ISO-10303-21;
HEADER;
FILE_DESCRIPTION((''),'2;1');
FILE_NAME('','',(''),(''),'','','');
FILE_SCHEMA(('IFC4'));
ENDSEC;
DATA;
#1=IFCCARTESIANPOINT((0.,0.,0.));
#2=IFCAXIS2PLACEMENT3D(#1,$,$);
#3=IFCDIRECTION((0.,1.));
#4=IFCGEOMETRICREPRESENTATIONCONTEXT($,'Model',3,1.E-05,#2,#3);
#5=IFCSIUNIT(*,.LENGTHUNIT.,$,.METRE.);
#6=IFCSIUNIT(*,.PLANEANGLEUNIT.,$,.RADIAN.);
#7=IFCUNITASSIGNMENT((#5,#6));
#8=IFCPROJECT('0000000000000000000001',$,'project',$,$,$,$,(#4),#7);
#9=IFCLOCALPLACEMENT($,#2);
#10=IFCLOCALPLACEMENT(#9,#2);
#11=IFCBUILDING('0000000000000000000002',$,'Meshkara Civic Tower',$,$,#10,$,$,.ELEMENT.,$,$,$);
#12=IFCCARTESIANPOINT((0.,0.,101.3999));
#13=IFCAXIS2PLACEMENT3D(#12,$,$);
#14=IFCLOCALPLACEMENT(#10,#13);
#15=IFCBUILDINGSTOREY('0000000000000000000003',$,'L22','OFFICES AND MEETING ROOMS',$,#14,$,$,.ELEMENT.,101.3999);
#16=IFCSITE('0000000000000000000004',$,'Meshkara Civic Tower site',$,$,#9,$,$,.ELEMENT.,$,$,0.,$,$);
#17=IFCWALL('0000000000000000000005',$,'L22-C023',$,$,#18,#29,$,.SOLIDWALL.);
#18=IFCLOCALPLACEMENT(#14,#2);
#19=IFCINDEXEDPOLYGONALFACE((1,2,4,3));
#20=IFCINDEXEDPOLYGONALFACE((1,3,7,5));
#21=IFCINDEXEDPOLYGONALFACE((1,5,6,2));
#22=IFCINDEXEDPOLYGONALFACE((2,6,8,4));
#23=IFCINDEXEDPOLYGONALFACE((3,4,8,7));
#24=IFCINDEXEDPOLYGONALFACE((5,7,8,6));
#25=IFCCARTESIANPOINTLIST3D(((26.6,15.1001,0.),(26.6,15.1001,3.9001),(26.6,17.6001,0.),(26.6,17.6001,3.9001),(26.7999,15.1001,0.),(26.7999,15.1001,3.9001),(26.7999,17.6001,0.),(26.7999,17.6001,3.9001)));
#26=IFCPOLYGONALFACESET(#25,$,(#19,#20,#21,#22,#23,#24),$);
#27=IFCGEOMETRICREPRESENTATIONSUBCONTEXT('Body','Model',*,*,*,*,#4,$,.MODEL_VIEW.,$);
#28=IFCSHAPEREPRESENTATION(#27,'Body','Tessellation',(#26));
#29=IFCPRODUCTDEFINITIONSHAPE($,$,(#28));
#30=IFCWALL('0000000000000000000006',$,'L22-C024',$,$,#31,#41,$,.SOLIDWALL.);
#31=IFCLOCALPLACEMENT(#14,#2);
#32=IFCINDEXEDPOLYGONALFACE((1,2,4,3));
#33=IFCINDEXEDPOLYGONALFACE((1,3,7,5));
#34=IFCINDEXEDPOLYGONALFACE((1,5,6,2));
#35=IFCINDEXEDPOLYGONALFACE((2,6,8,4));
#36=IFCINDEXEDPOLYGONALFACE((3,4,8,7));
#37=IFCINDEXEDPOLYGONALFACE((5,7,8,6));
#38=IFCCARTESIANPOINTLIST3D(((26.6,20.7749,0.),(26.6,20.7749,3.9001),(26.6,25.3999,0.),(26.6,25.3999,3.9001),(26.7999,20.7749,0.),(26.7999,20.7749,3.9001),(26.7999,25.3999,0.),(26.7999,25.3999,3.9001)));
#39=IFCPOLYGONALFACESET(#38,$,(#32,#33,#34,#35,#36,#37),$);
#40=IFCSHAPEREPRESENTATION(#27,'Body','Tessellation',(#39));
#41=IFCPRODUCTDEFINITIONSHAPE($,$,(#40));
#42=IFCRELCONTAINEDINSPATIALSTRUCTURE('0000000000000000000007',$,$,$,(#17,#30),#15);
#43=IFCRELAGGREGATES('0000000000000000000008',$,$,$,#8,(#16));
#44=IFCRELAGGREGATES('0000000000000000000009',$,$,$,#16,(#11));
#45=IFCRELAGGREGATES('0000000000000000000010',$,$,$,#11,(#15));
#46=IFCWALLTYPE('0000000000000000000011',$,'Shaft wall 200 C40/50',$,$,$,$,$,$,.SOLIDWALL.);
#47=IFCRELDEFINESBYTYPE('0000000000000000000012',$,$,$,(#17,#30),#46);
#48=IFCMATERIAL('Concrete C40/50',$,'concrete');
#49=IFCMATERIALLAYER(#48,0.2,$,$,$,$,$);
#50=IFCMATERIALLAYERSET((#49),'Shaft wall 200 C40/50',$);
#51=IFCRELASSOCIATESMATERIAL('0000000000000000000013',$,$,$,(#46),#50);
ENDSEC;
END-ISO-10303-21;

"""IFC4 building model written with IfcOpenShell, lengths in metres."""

from ifc_helpers import new_model, si_unit, direction, frame, frame_2d, origin, place, context, subcontext, project, spatial, rectangle, extrude, material, layer, layer_set, type_object, element, save


model = new_model("IFC4")

# Units and contexts
model_context = context("Model", 3, precision=1e-05, world=origin(), true_north=direction((0.0, 1.0)))
body_context = subcontext(model_context, "Body", "Model", "MODEL_VIEW")
ifc_project = project(units=[si_unit("LENGTHUNIT", "METRE"), si_unit("PLANEANGLEUNIT", "RADIAN")], contexts=[model_context])

# Site, building, storey
site_placement = place(None, origin())
site = spatial("IfcSite", under=ifc_project, at=site_placement, Name="Meshkara Civic Tower site", CompositionType="ELEMENT", RefElevation=0.0)
building_placement = place(site_placement, origin())
building = spatial("IfcBuilding", under=site, at=building_placement, Name="Meshkara Civic Tower", CompositionType="ELEMENT")
storey_placement = place(building_placement, frame((0.0, 0.0, 101.3999)))
storey = spatial("IfcBuildingStorey", under=building, at=storey_placement, Name="L22", Description="OFFICES AND MEETING ROOMS", CompositionType="ELEMENT", Elevation=101.3999)

# Shared definitions
ifc_material_1 = material(Name="Concrete C40/50", Category="concrete")
ifc_layer_1 = layer(ifc_material_1, 0.2)
ifc_layer_set_1 = layer_set([ifc_layer_1], Name="Shaft wall 200 C40/50")
wall_type_1 = type_object("IfcWallType", Name="Shaft wall 200 C40/50", PredefinedType="SOLIDWALL", material=ifc_layer_set_1)

# Walls
wall_1_placement = place(storey_placement, frame((26.7, 15.1001, 0.0), z_axis=(0.0, 0.0, 1.0), x_axis=(0.0, 1.0, 0.0)))
element("IfcWall", 1, at=wall_1_placement, inside=storey, type_object=wall_type_1, Name="L22-C023", PredefinedType="SOLIDWALL", context=body_context, shape_type="SweptSolid", body=[
    extrude(rectangle(XDim=2.5, YDim=0.2, at=frame_2d((1.25, 0.0))), origin(), (0.0, 0.0, 1.0), 3.9001),
])
wall_2_placement = place(storey_placement, frame((26.7, 20.7749, 0.0), z_axis=(0.0, 0.0, 1.0), x_axis=(0.0, 1.0, 0.0)))
element("IfcWall", 2, at=wall_2_placement, inside=storey, type_object=wall_type_1, Name="L22-C024", PredefinedType="SOLIDWALL", context=body_context, shape_type="SweptSolid", body=[
    extrude(rectangle(XDim=4.625, YDim=0.2, at=frame_2d((2.3125, 0.0))), origin(), (0.0, 0.0, 1.0), 3.9001),
])

save(model, "model.ifc")
